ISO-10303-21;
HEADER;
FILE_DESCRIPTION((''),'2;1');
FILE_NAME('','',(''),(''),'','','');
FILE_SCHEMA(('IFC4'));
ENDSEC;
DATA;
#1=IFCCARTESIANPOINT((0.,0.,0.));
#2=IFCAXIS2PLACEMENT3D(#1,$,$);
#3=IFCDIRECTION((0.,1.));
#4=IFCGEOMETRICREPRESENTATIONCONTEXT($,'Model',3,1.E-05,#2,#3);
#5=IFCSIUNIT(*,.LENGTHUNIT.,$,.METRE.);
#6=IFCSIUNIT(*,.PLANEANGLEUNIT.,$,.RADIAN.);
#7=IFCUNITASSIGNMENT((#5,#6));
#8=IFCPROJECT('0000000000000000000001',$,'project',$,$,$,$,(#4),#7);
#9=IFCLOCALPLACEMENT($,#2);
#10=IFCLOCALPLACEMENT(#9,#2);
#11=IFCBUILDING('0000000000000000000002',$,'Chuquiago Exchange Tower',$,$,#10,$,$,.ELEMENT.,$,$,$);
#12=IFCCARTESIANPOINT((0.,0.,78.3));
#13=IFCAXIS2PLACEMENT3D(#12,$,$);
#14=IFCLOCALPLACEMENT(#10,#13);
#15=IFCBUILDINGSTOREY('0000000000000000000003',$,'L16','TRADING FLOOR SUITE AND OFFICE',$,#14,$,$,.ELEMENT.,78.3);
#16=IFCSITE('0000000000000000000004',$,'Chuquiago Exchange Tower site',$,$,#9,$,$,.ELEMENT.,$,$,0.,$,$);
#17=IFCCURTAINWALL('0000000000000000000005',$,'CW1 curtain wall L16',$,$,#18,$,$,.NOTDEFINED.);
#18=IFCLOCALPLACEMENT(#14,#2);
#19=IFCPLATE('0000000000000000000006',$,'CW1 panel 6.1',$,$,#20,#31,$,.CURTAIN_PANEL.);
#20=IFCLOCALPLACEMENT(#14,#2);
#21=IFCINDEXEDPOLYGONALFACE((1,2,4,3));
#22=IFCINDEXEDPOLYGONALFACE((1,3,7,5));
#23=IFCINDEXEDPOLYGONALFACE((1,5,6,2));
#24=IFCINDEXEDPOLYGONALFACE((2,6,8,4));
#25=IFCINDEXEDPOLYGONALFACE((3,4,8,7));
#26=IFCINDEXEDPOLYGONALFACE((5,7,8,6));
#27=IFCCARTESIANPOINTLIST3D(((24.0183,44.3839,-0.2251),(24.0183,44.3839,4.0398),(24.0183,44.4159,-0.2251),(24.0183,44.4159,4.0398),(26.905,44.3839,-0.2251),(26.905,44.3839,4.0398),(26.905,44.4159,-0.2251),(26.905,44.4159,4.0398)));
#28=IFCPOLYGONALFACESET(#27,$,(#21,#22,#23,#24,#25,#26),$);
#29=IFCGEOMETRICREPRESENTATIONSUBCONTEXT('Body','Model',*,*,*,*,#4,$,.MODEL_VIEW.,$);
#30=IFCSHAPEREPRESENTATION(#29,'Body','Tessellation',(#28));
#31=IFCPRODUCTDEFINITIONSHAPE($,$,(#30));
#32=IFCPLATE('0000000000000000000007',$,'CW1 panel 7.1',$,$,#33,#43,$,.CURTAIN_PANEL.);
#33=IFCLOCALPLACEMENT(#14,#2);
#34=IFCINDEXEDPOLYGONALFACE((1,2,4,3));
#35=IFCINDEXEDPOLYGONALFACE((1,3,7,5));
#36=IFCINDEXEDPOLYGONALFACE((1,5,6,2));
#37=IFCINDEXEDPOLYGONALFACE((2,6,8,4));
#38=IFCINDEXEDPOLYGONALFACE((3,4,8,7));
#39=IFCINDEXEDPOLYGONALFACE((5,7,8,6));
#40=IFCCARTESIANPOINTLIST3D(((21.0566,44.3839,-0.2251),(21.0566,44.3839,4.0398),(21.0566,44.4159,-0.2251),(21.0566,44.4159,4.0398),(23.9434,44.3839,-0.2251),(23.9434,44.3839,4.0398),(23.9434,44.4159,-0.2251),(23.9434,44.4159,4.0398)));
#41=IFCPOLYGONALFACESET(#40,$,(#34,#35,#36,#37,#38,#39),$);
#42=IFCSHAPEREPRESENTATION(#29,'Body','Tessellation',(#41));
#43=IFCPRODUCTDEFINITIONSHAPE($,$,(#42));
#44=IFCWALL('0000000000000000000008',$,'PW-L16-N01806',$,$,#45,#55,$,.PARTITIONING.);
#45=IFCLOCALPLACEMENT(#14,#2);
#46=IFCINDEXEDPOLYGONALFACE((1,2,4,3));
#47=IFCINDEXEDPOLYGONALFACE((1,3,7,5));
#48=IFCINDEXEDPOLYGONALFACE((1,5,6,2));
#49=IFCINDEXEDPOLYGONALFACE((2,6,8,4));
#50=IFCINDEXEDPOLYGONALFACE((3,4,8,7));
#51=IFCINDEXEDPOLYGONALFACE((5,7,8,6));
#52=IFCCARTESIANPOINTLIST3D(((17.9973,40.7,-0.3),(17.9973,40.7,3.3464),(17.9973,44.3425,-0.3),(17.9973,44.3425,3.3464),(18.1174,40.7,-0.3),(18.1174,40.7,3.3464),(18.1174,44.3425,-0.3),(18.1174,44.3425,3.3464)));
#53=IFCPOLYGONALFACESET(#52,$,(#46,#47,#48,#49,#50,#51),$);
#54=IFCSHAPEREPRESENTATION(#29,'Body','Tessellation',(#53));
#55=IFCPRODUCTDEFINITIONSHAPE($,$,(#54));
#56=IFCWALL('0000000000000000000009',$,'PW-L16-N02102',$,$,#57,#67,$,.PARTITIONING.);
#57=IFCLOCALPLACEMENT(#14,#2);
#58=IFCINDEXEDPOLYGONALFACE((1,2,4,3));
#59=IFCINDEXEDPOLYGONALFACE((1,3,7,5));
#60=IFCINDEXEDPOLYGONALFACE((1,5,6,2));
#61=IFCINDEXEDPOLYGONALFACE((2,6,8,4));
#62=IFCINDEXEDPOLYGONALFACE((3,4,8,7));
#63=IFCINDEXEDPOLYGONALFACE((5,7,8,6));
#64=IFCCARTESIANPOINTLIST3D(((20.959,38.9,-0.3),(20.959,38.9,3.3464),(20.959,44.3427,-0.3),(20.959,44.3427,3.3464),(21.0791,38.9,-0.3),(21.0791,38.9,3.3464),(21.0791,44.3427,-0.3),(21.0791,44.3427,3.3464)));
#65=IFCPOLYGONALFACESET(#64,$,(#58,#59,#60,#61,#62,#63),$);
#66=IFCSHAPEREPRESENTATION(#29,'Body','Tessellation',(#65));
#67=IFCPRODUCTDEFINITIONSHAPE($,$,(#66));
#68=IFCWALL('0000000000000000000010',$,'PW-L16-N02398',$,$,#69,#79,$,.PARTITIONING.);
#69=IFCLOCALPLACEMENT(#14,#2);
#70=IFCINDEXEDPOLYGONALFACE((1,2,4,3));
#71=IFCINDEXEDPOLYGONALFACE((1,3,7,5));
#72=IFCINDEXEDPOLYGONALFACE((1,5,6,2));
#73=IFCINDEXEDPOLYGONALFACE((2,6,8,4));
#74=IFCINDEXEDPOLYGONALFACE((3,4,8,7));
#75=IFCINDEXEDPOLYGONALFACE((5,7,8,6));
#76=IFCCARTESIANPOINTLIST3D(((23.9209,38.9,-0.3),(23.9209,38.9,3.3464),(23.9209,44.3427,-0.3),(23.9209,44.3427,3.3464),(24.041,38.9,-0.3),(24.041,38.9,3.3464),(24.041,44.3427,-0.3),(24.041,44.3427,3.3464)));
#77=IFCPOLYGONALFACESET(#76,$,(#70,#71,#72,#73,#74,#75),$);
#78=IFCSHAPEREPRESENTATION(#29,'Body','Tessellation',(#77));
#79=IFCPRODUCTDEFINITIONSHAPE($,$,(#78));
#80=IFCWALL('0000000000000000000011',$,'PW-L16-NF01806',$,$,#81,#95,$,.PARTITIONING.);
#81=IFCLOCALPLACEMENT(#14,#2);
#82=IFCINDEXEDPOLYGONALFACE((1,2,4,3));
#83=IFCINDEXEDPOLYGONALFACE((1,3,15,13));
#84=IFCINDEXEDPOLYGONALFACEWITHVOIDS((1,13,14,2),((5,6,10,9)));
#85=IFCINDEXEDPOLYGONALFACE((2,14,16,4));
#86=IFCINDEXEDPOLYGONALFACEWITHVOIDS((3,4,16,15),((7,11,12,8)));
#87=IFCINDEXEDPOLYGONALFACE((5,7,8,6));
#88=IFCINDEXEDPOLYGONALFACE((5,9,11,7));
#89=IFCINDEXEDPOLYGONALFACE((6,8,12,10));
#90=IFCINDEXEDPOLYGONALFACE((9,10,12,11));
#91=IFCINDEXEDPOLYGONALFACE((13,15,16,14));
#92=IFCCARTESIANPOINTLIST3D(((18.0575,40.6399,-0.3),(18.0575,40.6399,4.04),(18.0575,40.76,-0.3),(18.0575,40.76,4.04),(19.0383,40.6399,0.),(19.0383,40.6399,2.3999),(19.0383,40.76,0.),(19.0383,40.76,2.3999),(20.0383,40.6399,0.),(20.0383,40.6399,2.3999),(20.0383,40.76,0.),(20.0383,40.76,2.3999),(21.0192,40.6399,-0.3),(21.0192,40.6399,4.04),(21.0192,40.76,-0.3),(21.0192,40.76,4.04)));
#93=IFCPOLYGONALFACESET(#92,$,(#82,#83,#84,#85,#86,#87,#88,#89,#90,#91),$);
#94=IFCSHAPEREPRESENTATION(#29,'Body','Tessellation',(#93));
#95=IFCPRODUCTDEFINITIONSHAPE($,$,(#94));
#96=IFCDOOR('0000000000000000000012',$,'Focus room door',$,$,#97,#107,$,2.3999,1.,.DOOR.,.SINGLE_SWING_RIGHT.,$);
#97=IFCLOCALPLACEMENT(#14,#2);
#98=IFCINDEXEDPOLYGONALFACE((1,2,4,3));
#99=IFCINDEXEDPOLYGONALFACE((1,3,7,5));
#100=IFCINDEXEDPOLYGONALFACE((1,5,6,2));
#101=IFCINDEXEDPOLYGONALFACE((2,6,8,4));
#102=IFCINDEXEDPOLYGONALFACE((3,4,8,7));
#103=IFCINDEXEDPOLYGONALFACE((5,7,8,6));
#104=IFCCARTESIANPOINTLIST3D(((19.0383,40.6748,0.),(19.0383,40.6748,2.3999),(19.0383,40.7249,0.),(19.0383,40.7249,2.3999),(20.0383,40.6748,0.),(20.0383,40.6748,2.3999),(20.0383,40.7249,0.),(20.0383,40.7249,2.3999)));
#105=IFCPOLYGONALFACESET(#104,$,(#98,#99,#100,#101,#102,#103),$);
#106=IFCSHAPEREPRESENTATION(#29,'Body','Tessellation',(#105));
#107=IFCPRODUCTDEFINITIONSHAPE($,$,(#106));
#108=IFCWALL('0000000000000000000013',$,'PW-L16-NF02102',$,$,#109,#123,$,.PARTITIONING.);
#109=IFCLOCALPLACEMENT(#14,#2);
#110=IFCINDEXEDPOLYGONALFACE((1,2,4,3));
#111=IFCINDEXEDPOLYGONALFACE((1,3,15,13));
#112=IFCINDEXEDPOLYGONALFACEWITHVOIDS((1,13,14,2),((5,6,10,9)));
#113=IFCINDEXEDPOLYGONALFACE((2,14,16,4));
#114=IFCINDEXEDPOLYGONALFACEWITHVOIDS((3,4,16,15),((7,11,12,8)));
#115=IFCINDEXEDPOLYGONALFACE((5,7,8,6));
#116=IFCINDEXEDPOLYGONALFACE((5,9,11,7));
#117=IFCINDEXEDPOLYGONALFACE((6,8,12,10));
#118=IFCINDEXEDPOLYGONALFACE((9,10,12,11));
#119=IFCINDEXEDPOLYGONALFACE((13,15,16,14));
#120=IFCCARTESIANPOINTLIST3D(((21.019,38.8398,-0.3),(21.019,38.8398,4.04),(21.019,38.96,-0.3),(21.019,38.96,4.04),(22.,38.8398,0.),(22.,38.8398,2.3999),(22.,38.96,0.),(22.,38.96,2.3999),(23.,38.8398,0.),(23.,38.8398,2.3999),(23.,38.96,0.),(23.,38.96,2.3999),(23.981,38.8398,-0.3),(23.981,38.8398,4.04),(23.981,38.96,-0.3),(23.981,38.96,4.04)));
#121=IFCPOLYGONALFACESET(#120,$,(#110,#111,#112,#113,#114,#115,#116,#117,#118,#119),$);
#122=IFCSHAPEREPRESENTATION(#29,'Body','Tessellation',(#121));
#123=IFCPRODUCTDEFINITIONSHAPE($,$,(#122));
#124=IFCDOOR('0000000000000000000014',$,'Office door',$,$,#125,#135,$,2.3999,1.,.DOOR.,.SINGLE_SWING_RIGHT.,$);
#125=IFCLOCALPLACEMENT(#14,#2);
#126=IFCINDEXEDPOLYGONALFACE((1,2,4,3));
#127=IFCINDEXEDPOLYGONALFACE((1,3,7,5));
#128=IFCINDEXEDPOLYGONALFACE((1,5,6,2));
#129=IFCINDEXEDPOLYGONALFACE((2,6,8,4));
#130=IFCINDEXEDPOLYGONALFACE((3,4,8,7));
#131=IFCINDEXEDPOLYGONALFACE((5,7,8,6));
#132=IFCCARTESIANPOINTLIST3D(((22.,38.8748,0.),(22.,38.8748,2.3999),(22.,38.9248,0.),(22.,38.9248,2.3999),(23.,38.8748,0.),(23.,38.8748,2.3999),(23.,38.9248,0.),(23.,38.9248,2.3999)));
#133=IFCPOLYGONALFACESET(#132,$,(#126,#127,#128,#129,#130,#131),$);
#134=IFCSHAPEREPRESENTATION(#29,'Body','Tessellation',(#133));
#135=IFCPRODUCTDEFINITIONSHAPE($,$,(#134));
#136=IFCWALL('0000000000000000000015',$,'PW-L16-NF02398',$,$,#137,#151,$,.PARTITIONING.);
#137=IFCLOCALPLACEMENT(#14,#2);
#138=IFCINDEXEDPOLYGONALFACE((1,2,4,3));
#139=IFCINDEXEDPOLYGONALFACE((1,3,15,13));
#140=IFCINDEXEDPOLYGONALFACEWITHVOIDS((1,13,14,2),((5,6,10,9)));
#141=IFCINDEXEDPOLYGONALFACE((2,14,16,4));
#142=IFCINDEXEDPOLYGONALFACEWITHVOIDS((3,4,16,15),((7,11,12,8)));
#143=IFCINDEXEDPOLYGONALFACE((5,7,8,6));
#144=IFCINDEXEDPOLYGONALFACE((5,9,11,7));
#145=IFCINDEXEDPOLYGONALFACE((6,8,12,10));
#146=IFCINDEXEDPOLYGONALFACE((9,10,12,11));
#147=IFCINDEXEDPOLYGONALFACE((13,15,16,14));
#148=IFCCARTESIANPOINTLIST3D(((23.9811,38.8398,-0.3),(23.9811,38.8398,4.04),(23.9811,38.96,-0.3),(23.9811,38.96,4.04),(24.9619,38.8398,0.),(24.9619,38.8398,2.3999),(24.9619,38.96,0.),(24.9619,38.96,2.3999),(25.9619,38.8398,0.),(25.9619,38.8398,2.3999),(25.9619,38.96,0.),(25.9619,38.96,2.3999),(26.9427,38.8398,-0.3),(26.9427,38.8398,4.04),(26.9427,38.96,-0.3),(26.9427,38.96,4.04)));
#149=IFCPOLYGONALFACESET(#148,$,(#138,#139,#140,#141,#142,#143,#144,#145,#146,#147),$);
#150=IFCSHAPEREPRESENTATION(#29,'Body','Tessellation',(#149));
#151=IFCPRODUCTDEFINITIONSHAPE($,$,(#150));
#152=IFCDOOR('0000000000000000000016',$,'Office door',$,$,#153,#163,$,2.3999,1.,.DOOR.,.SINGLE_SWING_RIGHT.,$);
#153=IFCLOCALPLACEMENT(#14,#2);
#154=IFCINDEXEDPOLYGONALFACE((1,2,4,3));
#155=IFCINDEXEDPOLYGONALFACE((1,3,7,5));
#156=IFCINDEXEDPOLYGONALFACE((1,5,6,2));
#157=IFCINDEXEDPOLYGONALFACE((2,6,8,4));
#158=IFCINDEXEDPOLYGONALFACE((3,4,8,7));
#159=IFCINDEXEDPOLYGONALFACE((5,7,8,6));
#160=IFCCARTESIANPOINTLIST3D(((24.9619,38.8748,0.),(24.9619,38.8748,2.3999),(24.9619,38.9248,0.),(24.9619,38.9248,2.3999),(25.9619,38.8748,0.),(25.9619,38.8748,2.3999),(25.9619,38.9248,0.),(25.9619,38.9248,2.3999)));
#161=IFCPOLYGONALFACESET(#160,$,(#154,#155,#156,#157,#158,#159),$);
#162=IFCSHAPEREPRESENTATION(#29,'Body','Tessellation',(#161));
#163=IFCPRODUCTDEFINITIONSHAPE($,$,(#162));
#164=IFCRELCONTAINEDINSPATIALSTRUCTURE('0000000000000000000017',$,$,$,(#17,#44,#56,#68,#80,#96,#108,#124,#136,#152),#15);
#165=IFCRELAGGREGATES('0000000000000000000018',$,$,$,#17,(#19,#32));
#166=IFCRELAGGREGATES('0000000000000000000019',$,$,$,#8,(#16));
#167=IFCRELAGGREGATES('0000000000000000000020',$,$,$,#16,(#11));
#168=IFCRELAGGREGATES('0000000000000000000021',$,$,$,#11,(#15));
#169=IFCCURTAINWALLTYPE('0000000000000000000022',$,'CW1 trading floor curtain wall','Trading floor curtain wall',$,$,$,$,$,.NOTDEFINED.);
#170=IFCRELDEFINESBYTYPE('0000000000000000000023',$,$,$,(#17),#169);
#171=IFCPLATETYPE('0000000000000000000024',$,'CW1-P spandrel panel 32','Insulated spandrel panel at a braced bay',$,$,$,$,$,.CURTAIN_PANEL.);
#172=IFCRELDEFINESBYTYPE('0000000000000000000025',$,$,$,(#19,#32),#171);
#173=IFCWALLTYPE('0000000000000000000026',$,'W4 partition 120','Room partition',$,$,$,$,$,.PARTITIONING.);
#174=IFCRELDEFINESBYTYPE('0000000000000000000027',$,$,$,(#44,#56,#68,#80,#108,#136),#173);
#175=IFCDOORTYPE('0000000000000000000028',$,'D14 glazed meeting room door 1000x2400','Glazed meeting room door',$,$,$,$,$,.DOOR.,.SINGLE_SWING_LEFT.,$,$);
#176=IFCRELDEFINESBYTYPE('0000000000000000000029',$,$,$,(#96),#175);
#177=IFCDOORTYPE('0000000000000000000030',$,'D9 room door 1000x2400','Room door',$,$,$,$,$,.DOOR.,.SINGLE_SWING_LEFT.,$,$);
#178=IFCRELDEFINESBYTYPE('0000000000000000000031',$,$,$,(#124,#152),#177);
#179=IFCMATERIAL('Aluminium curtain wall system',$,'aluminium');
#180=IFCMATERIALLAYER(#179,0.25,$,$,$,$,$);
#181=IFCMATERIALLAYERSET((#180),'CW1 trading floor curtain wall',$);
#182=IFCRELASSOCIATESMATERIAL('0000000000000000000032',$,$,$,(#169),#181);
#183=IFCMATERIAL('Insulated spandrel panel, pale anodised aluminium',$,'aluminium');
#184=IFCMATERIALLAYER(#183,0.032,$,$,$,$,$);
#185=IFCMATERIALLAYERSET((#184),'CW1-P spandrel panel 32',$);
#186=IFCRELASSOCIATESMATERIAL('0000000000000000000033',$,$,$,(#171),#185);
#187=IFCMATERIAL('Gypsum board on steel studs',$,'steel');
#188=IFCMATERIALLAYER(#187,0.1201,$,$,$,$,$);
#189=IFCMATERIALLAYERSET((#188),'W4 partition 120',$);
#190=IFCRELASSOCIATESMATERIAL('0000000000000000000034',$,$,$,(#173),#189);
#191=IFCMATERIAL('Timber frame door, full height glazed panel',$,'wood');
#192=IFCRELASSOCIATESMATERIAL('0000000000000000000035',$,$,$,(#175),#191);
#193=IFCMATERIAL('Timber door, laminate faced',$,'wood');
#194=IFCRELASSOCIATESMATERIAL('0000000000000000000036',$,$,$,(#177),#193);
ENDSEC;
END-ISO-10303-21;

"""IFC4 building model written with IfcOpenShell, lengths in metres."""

from ifc_helpers import new_model, si_unit, direction, frame, frame_2d, origin, origin_2d, place, context, subcontext, project, spatial, rectangle, extrude, material, layer, layer_set, type_object, element, fill, aggregate, save


model = new_model("IFC4")

# Units and contexts
model_context = context("Model", 3, precision=1e-05, world=origin(), true_north=direction((0.0, 1.0)))
body_context = subcontext(model_context, "Body", "Model", "MODEL_VIEW")
ifc_project = project(units=[si_unit("LENGTHUNIT", "METRE"), si_unit("PLANEANGLEUNIT", "RADIAN")], contexts=[model_context])

# Site, building, storey
site_placement = place(None, origin())
site = spatial("IfcSite", under=ifc_project, at=site_placement, Name="Chuquiago Exchange Tower site", CompositionType="ELEMENT", RefElevation=0.0)
building_placement = place(site_placement, origin())
building = spatial("IfcBuilding", under=site, at=building_placement, Name="Chuquiago Exchange Tower", CompositionType="ELEMENT")
storey_placement = place(building_placement, frame((0.0, 0.0, 78.3)))
storey = spatial("IfcBuildingStorey", under=building, at=storey_placement, Name="L16", Description="TRADING FLOOR SUITE AND OFFICE", CompositionType="ELEMENT", Elevation=78.3)

# Curtain wall
ifc_material_1 = material(Name="Aluminium curtain wall system", Category="aluminium")
ifc_layer_1 = layer(ifc_material_1, 0.25)
ifc_layer_set_1 = layer_set([ifc_layer_1], Name="CW1 trading floor curtain wall")
curtain_wall_type = type_object("IfcCurtainWallType", Name="CW1 trading floor curtain wall", Description="Trading floor curtain wall", PredefinedType="NOTDEFINED", material=ifc_layer_set_1)
curtain_wall_placement = place(storey_placement, origin())
curtain_wall = element("IfcCurtainWall", 1, at=curtain_wall_placement, inside=storey, type_object=curtain_wall_type, Name="CW1 curtain wall L16", PredefinedType="NOTDEFINED")

# Plates
ifc_material_2 = material(Name="Insulated spandrel panel, pale anodised aluminium", Category="aluminium")
ifc_layer_2 = layer(ifc_material_2, 0.032)
ifc_layer_set_2 = layer_set([ifc_layer_2], Name="CW1-P spandrel panel 32")
plate_type_1 = type_object("IfcPlateType", Name="CW1-P spandrel panel 32", Description="Insulated spandrel panel at a braced bay", PredefinedType="CURTAIN_PANEL", material=ifc_layer_set_2)
plate_1_placement = place(storey_placement, frame((25.4617, 44.3999, -0.2251), z_axis=(0.0, 0.0, 1.0), x_axis=(-1.0, 0.0, 0.0)))
plate_1 = element("IfcPlate", 2, at=plate_1_placement, type_object=plate_type_1, Name="CW1 panel 6.1", PredefinedType="CURTAIN_PANEL", context=body_context, shape_type="SweptSolid", body=[
    extrude(rectangle(XDim=2.8867, YDim=0.032, at=origin_2d()), origin(), (0.0, 0.0, 1.0), 4.2649),
])
plate_2_placement = place(storey_placement, frame((22.5, 44.3999, -0.2251), z_axis=(0.0, 0.0, 1.0), x_axis=(-1.0, 0.0, 0.0)))
plate_2 = element("IfcPlate", 3, at=plate_2_placement, type_object=plate_type_1, Name="CW1 panel 7.1", PredefinedType="CURTAIN_PANEL", context=body_context, shape_type="SweptSolid", body=[
    extrude(rectangle(XDim=2.8867, YDim=0.032, at=origin_2d()), origin(), (0.0, 0.0, 1.0), 4.2649),
])
aggregate(curtain_wall, [plate_1, plate_2])

# Walls
ifc_material_3 = material(Name="Gypsum board on steel studs", Category="steel")
ifc_layer_3 = layer(ifc_material_3, 0.1201)
ifc_layer_set_3 = layer_set([ifc_layer_3], Name="W4 partition 120")
wall_type = type_object("IfcWallType", Name="W4 partition 120", Description="Room partition", PredefinedType="PARTITIONING", material=ifc_layer_set_3)
wall_1_placement = place(storey_placement, frame((18.0574, 44.3425, -0.3), z_axis=(0.0, 0.0, 1.0), x_axis=(0.0, -1.0, 0.0)))
element("IfcWall", 4, at=wall_1_placement, inside=storey, type_object=wall_type, Name="PW-L16-N01806", PredefinedType="PARTITIONING", context=body_context, shape_type="SweptSolid", body=[
    extrude(rectangle(XDim=3.6426, YDim=0.1201, at=frame_2d((1.8213, 0.0))), origin(), (0.0, 0.0, 1.0), 3.6465),
])
for number, where, z_axis, x_axis, name in (
    (5, (21.019, 44.3425, -0.3), (0.0, 0.0, 1.0), (0.0, -1.0, 0.0), "PW-L16-N02102"),
    (6, (23.981, 44.3425, -0.3), (0.0, 0.0, 1.0), (0.0, -1.0, 0.0), "PW-L16-N02398"),
):
    element("IfcWall", number, at=place(storey_placement, frame(where, z_axis=z_axis, x_axis=x_axis)), inside=storey, type_object=wall_type, Name=name, PredefinedType="PARTITIONING", context=body_context, shape_type="SweptSolid", body=[
        extrude(rectangle(XDim=5.4426, YDim=0.1201, at=frame_2d((2.7212, 0.0))), origin(), (0.0, 0.0, 1.0), 3.6465),
    ])

# Walls, openings, doors
wall_2_placement = place(storey_placement, frame((18.0574, 40.7, -0.3), z_axis=(0.0, 0.0, 1.0), x_axis=(1.0, 0.0, 0.0)))
wall_2 = element("IfcWall", 7, at=wall_2_placement, inside=storey, type_object=wall_type, Name="PW-L16-NF01806", PredefinedType="PARTITIONING", context=body_context, shape_type="SweptSolid", body=[
    extrude(rectangle(XDim=2.9617, YDim=0.1201, at=frame_2d((1.481, 0.0))), origin(), (0.0, 0.0, 1.0), 4.3401),
])
opening_1_placement = place(wall_2_placement, frame((0.981, 0.0, 0.3)))
opening_1 = element("IfcOpeningElement", 8, at=opening_1_placement, cuts=wall_2, PredefinedType="OPENING", context=body_context, shape_type="SweptSolid", body=[
    extrude(rectangle(XDim=1.0, YDim=2.3999, at=frame_2d((0.5, 1.2))), frame((0.0, 0.0701, 0.0), z_axis=(0.0, -1.0, 0.0), x_axis=(1.0, 0.0, 0.0)), (0.0, 0.0, 1.0), 0.1401),
])
ifc_material_4 = material(Name="Timber frame door, full height glazed panel", Category="wood")
door_type_1 = type_object("IfcDoorType", Name="D14 glazed meeting room door 1000x2400", Description="Glazed meeting room door", OperationType="SINGLE_SWING_LEFT", PredefinedType="DOOR", material=ifc_material_4)
door_1_placement = place(opening_1_placement, origin())
door_1 = element("IfcDoor", 9, at=door_1_placement, inside=storey, type_object=door_type_1, Name="Focus room door", OperationType="SINGLE_SWING_RIGHT", OverallHeight=2.3999, OverallWidth=1.0, PredefinedType="DOOR", context=body_context, shape_type="SweptSolid", body=[
    extrude(rectangle(XDim=1.0, YDim=2.3999, at=frame_2d((0.5, 1.2))), frame((0.0, 0.0249, 0.0), z_axis=(0.0, -1.0, 0.0), x_axis=(1.0, 0.0, 0.0)), (0.0, 0.0, 1.0), 0.05),
])
fill(opening_1, door_1)
wall_3_placement = place(storey_placement, frame((21.019, 38.8999, -0.3), z_axis=(0.0, 0.0, 1.0), x_axis=(1.0, 0.0, 0.0)))
wall_3 = element("IfcWall", 10, at=wall_3_placement, inside=storey, type_object=wall_type, Name="PW-L16-NF02102", PredefinedType="PARTITIONING", context=body_context, shape_type="SweptSolid", body=[
    extrude(rectangle(XDim=2.9619, YDim=0.1201, at=frame_2d((1.481, 0.0))), origin(), (0.0, 0.0, 1.0), 4.3401),
])
opening_2_placement = place(wall_3_placement, frame((0.981, 0.0, 0.3)))
opening_2 = element("IfcOpeningElement", 11, at=opening_2_placement, cuts=wall_3, PredefinedType="OPENING", context=body_context, shape_type="SweptSolid", body=[
    extrude(rectangle(XDim=1.0, YDim=2.3999, at=frame_2d((0.5, 1.2))), frame((0.0, 0.0701, 0.0), z_axis=(0.0, -1.0, 0.0), x_axis=(1.0, 0.0, 0.0)), (0.0, 0.0, 1.0), 0.1401),
])
ifc_material_5 = material(Name="Timber door, laminate faced", Category="wood")
door_type_2 = type_object("IfcDoorType", Name="D9 room door 1000x2400", Description="Room door", OperationType="SINGLE_SWING_LEFT", PredefinedType="DOOR", material=ifc_material_5)
door_2_placement = place(opening_2_placement, origin())
door_2 = element("IfcDoor", 12, at=door_2_placement, inside=storey, type_object=door_type_2, Name="Office door", OperationType="SINGLE_SWING_RIGHT", OverallHeight=2.3999, OverallWidth=1.0, PredefinedType="DOOR", context=body_context, shape_type="SweptSolid", body=[
    extrude(rectangle(XDim=1.0, YDim=2.3999, at=frame_2d((0.5, 1.2))), frame((0.0, 0.0249, 0.0), z_axis=(0.0, -1.0, 0.0), x_axis=(1.0, 0.0, 0.0)), (0.0, 0.0, 1.0), 0.05),
])
fill(opening_2, door_2)
wall_4_placement = place(storey_placement, frame((23.981, 38.8999, -0.3), z_axis=(0.0, 0.0, 1.0), x_axis=(1.0, 0.0, 0.0)))
wall_4 = element("IfcWall", 13, at=wall_4_placement, inside=storey, type_object=wall_type, Name="PW-L16-NF02398", PredefinedType="PARTITIONING", context=body_context, shape_type="SweptSolid", body=[
    extrude(rectangle(XDim=2.9617, YDim=0.1201, at=frame_2d((1.481, 0.0))), origin(), (0.0, 0.0, 1.0), 4.3401),
])
opening_3_placement = place(wall_4_placement, frame((0.981, 0.0, 0.3)))
opening_3 = element("IfcOpeningElement", 14, at=opening_3_placement, cuts=wall_4, PredefinedType="OPENING", context=body_context, shape_type="SweptSolid", body=[
    extrude(rectangle(XDim=1.0, YDim=2.3999, at=frame_2d((0.5, 1.2))), frame((0.0, 0.0701, 0.0), z_axis=(0.0, -1.0, 0.0), x_axis=(1.0, 0.0, 0.0)), (0.0, 0.0, 1.0), 0.1401),
])
door_3_placement = place(opening_3_placement, origin())
door_3 = element("IfcDoor", 15, at=door_3_placement, inside=storey, type_object=door_type_2, Name="Office door", OperationType="SINGLE_SWING_RIGHT", OverallHeight=2.3999, OverallWidth=1.0, PredefinedType="DOOR", context=body_context, shape_type="SweptSolid", body=[
    extrude(rectangle(XDim=1.0, YDim=2.3999, at=frame_2d((0.5, 1.2))), frame((0.0, 0.0249, 0.0), z_axis=(0.0, -1.0, 0.0), x_axis=(1.0, 0.0, 0.0)), (0.0, 0.0, 1.0), 0.05),
])
fill(opening_3, door_3)

save(model, "model.ifc")
